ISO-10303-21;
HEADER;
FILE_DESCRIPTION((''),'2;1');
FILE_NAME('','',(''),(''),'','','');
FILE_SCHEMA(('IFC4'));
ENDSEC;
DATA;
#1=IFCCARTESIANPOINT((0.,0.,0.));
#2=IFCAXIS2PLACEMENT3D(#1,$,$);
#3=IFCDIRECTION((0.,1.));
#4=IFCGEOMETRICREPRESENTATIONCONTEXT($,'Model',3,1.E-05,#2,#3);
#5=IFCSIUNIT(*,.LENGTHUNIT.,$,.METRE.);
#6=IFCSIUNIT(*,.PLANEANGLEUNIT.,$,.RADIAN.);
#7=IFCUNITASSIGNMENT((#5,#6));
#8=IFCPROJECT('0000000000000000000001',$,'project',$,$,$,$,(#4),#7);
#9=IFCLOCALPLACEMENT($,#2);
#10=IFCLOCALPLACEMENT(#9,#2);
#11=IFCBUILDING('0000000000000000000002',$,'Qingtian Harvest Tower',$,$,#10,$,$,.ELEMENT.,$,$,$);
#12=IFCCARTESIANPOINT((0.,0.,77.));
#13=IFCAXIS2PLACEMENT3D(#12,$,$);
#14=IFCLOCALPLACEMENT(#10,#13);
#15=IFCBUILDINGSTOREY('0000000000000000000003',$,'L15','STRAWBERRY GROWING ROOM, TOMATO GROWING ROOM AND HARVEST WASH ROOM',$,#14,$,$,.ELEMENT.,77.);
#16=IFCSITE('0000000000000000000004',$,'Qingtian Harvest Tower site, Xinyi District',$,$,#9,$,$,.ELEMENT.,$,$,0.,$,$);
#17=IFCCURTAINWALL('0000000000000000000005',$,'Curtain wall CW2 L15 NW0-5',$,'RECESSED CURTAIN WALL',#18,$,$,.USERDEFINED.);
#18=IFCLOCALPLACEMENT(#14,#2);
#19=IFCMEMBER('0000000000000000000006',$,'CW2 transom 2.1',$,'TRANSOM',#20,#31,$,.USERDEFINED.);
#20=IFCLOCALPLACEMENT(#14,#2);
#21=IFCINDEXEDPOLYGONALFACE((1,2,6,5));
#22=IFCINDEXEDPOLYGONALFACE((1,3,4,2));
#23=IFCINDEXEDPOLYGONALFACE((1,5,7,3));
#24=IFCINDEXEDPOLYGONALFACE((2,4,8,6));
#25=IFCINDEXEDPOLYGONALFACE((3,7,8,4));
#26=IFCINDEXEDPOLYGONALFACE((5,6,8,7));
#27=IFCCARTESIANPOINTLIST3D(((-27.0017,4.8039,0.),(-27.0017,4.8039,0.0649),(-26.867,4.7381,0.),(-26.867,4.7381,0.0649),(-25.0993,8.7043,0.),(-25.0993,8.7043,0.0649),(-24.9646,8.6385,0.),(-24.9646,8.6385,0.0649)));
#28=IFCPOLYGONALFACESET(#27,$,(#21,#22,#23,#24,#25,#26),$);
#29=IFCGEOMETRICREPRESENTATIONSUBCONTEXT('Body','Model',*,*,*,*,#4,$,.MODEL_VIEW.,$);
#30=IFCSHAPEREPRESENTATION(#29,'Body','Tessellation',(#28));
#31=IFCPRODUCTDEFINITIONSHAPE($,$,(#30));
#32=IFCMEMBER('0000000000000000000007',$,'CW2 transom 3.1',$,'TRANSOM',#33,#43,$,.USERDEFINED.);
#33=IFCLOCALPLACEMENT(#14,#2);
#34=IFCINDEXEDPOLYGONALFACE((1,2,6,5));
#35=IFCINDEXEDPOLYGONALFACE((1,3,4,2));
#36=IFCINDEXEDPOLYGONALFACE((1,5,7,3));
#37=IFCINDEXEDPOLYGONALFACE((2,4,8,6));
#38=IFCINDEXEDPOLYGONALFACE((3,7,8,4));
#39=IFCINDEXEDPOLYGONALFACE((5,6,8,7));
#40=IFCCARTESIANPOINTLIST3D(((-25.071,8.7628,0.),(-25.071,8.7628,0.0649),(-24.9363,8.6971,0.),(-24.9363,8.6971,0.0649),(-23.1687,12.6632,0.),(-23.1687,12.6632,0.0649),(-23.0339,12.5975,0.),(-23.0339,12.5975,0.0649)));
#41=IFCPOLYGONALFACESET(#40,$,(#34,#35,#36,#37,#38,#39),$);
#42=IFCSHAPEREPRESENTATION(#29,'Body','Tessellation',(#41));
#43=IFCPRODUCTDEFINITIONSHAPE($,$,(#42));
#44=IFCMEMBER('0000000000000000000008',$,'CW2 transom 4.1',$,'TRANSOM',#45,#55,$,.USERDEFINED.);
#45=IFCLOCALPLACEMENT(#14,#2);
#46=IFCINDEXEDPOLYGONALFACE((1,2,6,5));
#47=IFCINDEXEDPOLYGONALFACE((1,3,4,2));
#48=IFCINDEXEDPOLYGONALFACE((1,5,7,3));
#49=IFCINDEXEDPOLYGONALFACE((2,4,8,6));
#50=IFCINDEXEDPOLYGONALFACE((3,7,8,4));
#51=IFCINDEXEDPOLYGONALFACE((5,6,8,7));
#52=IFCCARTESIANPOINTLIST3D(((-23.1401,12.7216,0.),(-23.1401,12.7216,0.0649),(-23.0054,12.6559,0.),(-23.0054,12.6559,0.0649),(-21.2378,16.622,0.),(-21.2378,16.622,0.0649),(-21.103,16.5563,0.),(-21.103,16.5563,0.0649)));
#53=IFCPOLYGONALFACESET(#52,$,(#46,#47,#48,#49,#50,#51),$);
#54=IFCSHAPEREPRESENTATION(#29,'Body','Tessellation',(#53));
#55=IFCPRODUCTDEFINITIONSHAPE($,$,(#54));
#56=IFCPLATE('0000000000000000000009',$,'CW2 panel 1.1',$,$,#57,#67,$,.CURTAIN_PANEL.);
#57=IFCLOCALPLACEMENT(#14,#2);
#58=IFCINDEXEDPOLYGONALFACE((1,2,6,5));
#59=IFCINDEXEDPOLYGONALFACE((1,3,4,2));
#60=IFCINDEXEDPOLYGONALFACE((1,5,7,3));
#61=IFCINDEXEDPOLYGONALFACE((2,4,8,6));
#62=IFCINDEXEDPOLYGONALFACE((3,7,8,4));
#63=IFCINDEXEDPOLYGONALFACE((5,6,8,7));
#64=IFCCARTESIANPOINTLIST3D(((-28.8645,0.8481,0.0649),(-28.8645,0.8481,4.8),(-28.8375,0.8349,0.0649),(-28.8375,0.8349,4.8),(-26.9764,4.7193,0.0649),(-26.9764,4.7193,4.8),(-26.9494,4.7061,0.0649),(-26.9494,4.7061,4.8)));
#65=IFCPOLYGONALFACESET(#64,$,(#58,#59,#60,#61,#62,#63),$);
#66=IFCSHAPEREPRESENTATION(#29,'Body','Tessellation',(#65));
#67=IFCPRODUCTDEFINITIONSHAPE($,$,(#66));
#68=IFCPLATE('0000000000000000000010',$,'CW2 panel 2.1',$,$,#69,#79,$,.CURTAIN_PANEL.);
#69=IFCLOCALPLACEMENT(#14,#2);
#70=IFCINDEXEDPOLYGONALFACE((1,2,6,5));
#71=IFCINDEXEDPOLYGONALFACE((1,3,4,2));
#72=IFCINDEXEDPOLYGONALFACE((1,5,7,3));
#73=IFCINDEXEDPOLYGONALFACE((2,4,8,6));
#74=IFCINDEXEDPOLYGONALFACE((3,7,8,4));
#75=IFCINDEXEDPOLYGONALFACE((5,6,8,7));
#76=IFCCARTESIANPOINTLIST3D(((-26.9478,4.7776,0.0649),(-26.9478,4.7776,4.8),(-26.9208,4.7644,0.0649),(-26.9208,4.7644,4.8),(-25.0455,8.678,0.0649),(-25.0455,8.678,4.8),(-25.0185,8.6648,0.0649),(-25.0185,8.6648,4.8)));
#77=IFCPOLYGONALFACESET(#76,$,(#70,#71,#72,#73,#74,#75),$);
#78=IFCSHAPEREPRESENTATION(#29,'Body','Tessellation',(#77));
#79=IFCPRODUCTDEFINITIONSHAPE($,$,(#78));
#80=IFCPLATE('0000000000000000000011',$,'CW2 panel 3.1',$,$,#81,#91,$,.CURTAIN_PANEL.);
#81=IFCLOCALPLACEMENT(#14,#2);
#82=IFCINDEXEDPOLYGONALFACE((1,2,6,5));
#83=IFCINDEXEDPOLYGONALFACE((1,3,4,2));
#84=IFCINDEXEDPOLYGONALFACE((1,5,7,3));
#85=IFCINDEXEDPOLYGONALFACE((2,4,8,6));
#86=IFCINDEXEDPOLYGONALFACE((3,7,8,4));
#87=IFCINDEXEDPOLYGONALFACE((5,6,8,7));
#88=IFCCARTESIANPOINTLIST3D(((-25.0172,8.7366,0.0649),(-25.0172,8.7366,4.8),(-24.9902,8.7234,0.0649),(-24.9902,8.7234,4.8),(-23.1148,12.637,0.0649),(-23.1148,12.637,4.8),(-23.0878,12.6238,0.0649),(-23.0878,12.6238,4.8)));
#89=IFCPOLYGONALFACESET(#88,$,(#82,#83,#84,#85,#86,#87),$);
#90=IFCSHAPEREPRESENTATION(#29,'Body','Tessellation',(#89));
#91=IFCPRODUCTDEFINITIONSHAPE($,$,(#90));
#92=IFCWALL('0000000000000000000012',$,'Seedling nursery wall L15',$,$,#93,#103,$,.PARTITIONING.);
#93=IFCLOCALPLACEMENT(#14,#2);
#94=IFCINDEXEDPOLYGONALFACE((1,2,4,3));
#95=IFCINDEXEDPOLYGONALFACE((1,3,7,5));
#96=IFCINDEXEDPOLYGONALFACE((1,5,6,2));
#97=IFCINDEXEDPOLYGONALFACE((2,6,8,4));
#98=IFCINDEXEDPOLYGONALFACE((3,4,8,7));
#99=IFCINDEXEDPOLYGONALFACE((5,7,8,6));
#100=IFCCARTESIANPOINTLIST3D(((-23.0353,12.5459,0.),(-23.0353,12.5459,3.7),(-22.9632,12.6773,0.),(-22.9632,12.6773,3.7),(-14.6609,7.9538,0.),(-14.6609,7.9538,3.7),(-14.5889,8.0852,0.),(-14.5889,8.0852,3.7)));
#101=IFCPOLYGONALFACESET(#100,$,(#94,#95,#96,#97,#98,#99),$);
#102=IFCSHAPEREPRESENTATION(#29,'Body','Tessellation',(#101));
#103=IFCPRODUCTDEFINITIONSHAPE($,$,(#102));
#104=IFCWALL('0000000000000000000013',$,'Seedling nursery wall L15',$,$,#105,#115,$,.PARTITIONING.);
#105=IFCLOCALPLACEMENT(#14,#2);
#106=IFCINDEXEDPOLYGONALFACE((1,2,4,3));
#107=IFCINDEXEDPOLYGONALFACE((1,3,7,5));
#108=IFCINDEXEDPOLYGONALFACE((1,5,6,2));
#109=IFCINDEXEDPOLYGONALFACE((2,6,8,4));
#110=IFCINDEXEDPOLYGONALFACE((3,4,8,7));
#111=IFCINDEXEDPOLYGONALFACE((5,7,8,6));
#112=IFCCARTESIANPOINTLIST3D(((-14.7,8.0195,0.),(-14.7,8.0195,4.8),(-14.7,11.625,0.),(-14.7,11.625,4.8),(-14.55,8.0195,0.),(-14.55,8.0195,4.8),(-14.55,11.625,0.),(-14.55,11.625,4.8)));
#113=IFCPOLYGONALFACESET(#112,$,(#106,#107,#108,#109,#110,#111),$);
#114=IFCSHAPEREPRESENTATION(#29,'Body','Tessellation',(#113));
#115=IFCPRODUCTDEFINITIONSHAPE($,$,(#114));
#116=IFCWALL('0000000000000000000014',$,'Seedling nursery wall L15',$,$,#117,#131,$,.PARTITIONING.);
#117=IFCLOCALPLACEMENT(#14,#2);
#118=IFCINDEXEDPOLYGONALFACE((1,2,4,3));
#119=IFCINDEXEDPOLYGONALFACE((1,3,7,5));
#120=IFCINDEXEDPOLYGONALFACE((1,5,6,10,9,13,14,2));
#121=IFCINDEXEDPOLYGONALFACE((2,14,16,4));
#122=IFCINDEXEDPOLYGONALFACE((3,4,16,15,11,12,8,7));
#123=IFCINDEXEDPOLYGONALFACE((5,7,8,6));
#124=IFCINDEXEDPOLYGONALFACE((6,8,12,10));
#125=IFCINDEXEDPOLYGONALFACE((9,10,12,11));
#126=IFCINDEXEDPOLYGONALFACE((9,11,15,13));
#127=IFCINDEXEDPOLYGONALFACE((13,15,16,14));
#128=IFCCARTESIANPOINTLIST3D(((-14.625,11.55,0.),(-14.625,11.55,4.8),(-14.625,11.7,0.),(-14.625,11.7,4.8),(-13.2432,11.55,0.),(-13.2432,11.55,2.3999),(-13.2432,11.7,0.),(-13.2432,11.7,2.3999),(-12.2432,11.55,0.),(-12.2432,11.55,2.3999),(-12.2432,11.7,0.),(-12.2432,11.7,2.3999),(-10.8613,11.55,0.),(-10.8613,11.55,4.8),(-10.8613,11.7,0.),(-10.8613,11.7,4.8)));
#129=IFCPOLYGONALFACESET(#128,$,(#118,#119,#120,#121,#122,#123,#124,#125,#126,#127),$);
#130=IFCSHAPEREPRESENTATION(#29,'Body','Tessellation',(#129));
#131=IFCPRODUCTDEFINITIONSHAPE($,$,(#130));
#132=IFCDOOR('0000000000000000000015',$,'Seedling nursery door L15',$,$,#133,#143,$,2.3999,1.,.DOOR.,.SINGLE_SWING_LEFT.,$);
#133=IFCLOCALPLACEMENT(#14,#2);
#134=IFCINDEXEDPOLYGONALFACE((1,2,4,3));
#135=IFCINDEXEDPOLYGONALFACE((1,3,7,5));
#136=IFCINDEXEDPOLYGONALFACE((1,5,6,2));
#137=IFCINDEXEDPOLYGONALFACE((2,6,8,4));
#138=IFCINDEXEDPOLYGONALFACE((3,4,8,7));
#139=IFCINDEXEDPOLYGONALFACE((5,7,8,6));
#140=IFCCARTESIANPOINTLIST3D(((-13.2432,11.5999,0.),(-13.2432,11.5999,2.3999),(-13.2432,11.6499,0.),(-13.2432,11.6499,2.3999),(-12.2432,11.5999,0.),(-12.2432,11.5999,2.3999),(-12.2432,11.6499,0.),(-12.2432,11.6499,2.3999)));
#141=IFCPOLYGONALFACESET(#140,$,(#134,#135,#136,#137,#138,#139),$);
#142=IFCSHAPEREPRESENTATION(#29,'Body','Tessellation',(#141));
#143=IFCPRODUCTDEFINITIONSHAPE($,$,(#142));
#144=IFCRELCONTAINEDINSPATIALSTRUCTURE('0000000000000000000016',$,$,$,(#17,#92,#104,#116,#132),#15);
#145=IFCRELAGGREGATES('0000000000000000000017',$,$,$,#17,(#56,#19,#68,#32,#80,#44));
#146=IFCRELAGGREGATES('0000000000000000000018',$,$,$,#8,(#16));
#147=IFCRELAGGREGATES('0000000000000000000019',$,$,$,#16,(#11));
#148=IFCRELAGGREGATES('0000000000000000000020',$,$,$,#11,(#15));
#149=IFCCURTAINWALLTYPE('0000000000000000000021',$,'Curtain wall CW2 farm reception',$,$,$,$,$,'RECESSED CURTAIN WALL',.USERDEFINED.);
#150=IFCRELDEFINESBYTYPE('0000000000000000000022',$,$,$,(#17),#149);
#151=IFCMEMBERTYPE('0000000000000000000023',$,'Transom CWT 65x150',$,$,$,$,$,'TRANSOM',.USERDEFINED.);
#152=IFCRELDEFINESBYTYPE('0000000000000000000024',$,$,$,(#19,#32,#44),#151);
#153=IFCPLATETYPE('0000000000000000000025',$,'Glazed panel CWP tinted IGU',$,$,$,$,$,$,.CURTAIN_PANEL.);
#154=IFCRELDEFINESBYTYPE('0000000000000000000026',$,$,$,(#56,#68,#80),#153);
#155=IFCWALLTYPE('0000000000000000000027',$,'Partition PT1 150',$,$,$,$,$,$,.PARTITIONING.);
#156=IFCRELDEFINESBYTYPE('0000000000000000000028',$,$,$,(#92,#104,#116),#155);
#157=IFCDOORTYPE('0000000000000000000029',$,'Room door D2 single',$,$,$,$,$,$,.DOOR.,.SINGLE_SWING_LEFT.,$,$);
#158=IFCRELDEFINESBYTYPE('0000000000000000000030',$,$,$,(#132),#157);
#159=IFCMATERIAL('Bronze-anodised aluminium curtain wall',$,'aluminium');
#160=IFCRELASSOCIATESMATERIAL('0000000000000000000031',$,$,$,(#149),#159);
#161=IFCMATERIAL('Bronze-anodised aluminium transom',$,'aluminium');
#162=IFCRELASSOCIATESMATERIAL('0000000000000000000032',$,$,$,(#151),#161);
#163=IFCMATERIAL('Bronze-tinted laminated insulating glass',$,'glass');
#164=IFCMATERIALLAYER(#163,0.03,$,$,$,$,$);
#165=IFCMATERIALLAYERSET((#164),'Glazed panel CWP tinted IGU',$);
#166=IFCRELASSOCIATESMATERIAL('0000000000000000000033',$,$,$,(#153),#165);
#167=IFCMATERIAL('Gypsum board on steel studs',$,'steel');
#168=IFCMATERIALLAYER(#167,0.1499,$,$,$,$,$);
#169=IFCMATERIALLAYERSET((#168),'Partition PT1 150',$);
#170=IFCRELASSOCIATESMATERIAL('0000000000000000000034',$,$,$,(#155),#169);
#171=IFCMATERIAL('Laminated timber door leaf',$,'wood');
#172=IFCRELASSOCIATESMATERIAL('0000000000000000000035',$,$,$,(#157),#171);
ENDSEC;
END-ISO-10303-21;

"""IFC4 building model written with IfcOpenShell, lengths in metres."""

from ifc_helpers import new_model, si_unit, direction, frame, frame_2d, origin, origin_2d, place, context, subcontext, project, spatial, rectangle, extrude, material, layer, layer_set, material_profile, profile_set, type_object, element, fill, aggregate, save


model = new_model("IFC4")

# Units and contexts
model_context = context("Model", 3, precision=1e-05, world=origin(), true_north=direction((0.0, 1.0)))
body_context = subcontext(model_context, "Body", "Model", "MODEL_VIEW")
ifc_project = project(units=[si_unit("LENGTHUNIT", "METRE"), si_unit("PLANEANGLEUNIT", "RADIAN")], contexts=[model_context])

# Site, building, storey
site_placement = place(None, origin())
site = spatial("IfcSite", under=ifc_project, at=site_placement, Name="Qingtian Harvest Tower site, Xinyi District", CompositionType="ELEMENT", RefElevation=0.0)
building_placement = place(site_placement, origin())
building = spatial("IfcBuilding", under=site, at=building_placement, Name="Qingtian Harvest Tower", CompositionType="ELEMENT")
storey_placement = place(building_placement, frame((0.0, 0.0, 77.0)))
storey = spatial("IfcBuildingStorey", under=building, at=storey_placement, Name="L15", Description="STRAWBERRY GROWING ROOM, TOMATO GROWING ROOM AND HARVEST WASH ROOM", CompositionType="ELEMENT", Elevation=77.0)

# Shared definitions
ifc_material_1 = material(Name="Bronze-anodised aluminium curtain wall", Category="aluminium")
curtain_wall_type = type_object("IfcCurtainWallType", Name="Curtain wall CW2 farm reception", ElementType="RECESSED CURTAIN WALL", PredefinedType="USERDEFINED", material=ifc_material_1)

# Curtain wall
curtain_wall_1_placement = place(storey_placement, origin())
curtain_wall_1 = element("IfcCurtainWall", 1, at=curtain_wall_1_placement, inside=storey, type_object=curtain_wall_type, Name="Curtain wall CW2 L15 NW0-5", ObjectType="RECESSED CURTAIN WALL", PredefinedType="USERDEFINED")

# Members
ifc_material_2 = material(Name="Bronze-anodised aluminium transom", Category="aluminium")
ifc_material_profile_1 = material_profile(ifc_material_2, rectangle(XDim=0.1499, YDim=0.0649, at=origin_2d()), Name="AL 65x150")
ifc_profile_set_1 = profile_set([ifc_material_profile_1], Name="Bronze-anodised aluminium transom")
member_type_1 = type_object("IfcMemberType", Name="Transom CWT 65x150", ElementType="TRANSOM", PredefinedType="USERDEFINED", material=ifc_profile_set_1)
member_1_placement = place(storey_placement, frame((-26.9343, 4.771, 0.0325), z_axis=(0.43837, 0.898794, 0.0), x_axis=(-0.898794, 0.43837, 0.0)))
member_1 = element("IfcMember", 2, at=member_1_placement, type_object=member_type_1, Name="CW2 transom 2.1", ObjectType="TRANSOM", PredefinedType="USERDEFINED", context=body_context, shape_type="SweptSolid", body=[
    extrude(rectangle(XDim=0.1499, YDim=0.0649, at=origin_2d()), origin(), (0.0, 0.0, 1.0), 4.3396),
])
member_2_placement = place(storey_placement, frame((-25.0037, 8.73, 0.0325), z_axis=(0.43837, 0.898794, 0.0), x_axis=(-0.898794, 0.43837, 0.0)))
member_2 = element("IfcMember", 3, at=member_2_placement, type_object=member_type_1, Name="CW2 transom 3.1", ObjectType="TRANSOM", PredefinedType="USERDEFINED", context=body_context, shape_type="SweptSolid", body=[
    extrude(rectangle(XDim=0.1499, YDim=0.0649, at=origin_2d()), origin(), (0.0, 0.0, 1.0), 4.3396),
])
member_3_placement = place(storey_placement, frame((-23.0728, 12.6887, 0.0325), z_axis=(0.43837, 0.898794, 0.0), x_axis=(-0.898794, 0.43837, 0.0)))
member_3 = element("IfcMember", 4, at=member_3_placement, type_object=member_type_1, Name="CW2 transom 4.1", ObjectType="TRANSOM", PredefinedType="USERDEFINED", context=body_context, shape_type="SweptSolid", body=[
    extrude(rectangle(XDim=0.1499, YDim=0.0649, at=origin_2d()), origin(), (0.0, 0.0, 1.0), 4.3396),
])

# Plates
ifc_material_3 = material(Name="Bronze-tinted laminated insulating glass", Category="glass")
ifc_layer_1 = layer(ifc_material_3, 0.03)
ifc_layer_set_1 = layer_set([ifc_layer_1], Name="Glazed panel CWP tinted IGU")
plate_type = type_object("IfcPlateType", Name="Glazed panel CWP tinted IGU", PredefinedType="CURTAIN_PANEL", material=ifc_layer_set_1)
plate_1_placement = place(storey_placement, frame((-27.907, 2.7771, 0.0649), z_axis=(0.0, 0.0, 1.0), x_axis=(0.438371, 0.898794, 0.0)))
plate_1 = element("IfcPlate", 5, at=plate_1_placement, type_object=plate_type, Name="CW2 panel 1.1", PredefinedType="CURTAIN_PANEL", context=body_context, shape_type="SweptSolid", body=[
    extrude(rectangle(XDim=4.3071, YDim=0.03, at=origin_2d()), origin(), (0.0, 0.0, 1.0), 4.7351),
])
plate_2_placement = place(storey_placement, frame((-25.9832, 6.7212, 0.0649), z_axis=(0.0, 0.0, 1.0), x_axis=(0.438371, 0.898794, 0.0)))
plate_2 = element("IfcPlate", 6, at=plate_2_placement, type_object=plate_type, Name="CW2 panel 2.1", PredefinedType="CURTAIN_PANEL", context=body_context, shape_type="SweptSolid", body=[
    extrude(rectangle(XDim=4.3396, YDim=0.03, at=origin_2d()), origin(), (0.0, 0.0, 1.0), 4.7351),
])
plate_3_placement = place(storey_placement, frame((-24.0525, 10.6802, 0.0649), z_axis=(0.0, 0.0, 1.0), x_axis=(0.438371, 0.898794, 0.0)))
plate_3 = element("IfcPlate", 7, at=plate_3_placement, type_object=plate_type, Name="CW2 panel 3.1", PredefinedType="CURTAIN_PANEL", context=body_context, shape_type="SweptSolid", body=[
    extrude(rectangle(XDim=4.3396, YDim=0.03, at=origin_2d()), origin(), (0.0, 0.0, 1.0), 4.7351),
])
aggregate(curtain_wall_1, [plate_1, member_1, plate_2, member_2, plate_3, member_3])

# Walls
ifc_material_4 = material(Name="Gypsum board on steel studs", Category="steel")
ifc_layer_2 = layer(ifc_material_4, 0.1499)
ifc_layer_set_2 = layer_set([ifc_layer_2], Name="Partition PT1 150")
wall_type = type_object("IfcWallType", Name="Partition PT1 150", PredefinedType="PARTITIONING", material=ifc_layer_set_2)
wall_1_placement = place(storey_placement, frame((-22.9993, 12.6116, 0.0), z_axis=(0.0, 0.0, 1.0), x_axis=(0.876826, -0.480809, 0.0)))
element("IfcWall", 8, at=wall_1_placement, inside=storey, type_object=wall_type, Name="Seedling nursery wall L15", PredefinedType="PARTITIONING", context=body_context, shape_type="SweptSolid", body=[
    extrude(rectangle(XDim=9.5508, YDim=0.1499, at=frame_2d((4.7754, 0.0))), origin(), (0.0, 0.0, 1.0), 3.7),
])
wall_2_placement = place(storey_placement, frame((-14.625, 8.0195, 0.0), z_axis=(0.0, 0.0, 1.0), x_axis=(0.0, 1.0, 0.0)))
element("IfcWall", 9, at=wall_2_placement, inside=storey, type_object=wall_type, Name="Seedling nursery wall L15", PredefinedType="PARTITIONING", context=body_context, shape_type="SweptSolid", body=[
    extrude(rectangle(XDim=3.6055, YDim=0.1499, at=frame_2d((1.8027, 0.0))), origin(), (0.0, 0.0, 1.0), 4.8),
])

# Wall, opening, door
wall_3_placement = place(storey_placement, frame((-14.625, 11.625, 0.0), z_axis=(0.0, 0.0, 1.0), x_axis=(1.0, 0.0, 0.0)))
wall_3 = element("IfcWall", 10, at=wall_3_placement, inside=storey, type_object=wall_type, Name="Seedling nursery wall L15", PredefinedType="PARTITIONING", context=body_context, shape_type="SweptSolid", body=[
    extrude(rectangle(XDim=3.7637, YDim=0.1499, at=frame_2d((1.8818, 0.0))), origin(), (0.0, 0.0, 1.0), 4.8),
])
opening_placement = place(wall_3_placement, frame((1.3818, 0.0, 0.0)))
opening = element("IfcOpeningElement", 11, at=opening_placement, cuts=wall_3, PredefinedType="OPENING", context=body_context, shape_type="SweptSolid", body=[
    extrude(rectangle(XDim=1.0, YDim=2.3999, at=frame_2d((0.5, 1.2))), frame((0.0, 0.085, 0.0), z_axis=(0.0, -1.0, 0.0), x_axis=(1.0, 0.0, 0.0)), (0.0, 0.0, 1.0), 0.1699),
])
ifc_material_5 = material(Name="Laminated timber door leaf", Category="wood")
door_type = type_object("IfcDoorType", Name="Room door D2 single", OperationType="SINGLE_SWING_LEFT", PredefinedType="DOOR", material=ifc_material_5)
door_placement = place(opening_placement, origin())
door = element("IfcDoor", 12, at=door_placement, inside=storey, type_object=door_type, Name="Seedling nursery door L15", OperationType="SINGLE_SWING_LEFT", OverallHeight=2.3999, OverallWidth=1.0, PredefinedType="DOOR", context=body_context, shape_type="SweptSolid", body=[
    extrude(rectangle(XDim=1.0, YDim=2.3999, at=frame_2d((0.5, 1.2))), frame((0.0, 0.0249, 0.0), z_axis=(0.0, -1.0, 0.0), x_axis=(1.0, 0.0, 0.0)), (0.0, 0.0, 1.0), 0.05),
])
fill(opening, door)

save(model, "model.ifc")
